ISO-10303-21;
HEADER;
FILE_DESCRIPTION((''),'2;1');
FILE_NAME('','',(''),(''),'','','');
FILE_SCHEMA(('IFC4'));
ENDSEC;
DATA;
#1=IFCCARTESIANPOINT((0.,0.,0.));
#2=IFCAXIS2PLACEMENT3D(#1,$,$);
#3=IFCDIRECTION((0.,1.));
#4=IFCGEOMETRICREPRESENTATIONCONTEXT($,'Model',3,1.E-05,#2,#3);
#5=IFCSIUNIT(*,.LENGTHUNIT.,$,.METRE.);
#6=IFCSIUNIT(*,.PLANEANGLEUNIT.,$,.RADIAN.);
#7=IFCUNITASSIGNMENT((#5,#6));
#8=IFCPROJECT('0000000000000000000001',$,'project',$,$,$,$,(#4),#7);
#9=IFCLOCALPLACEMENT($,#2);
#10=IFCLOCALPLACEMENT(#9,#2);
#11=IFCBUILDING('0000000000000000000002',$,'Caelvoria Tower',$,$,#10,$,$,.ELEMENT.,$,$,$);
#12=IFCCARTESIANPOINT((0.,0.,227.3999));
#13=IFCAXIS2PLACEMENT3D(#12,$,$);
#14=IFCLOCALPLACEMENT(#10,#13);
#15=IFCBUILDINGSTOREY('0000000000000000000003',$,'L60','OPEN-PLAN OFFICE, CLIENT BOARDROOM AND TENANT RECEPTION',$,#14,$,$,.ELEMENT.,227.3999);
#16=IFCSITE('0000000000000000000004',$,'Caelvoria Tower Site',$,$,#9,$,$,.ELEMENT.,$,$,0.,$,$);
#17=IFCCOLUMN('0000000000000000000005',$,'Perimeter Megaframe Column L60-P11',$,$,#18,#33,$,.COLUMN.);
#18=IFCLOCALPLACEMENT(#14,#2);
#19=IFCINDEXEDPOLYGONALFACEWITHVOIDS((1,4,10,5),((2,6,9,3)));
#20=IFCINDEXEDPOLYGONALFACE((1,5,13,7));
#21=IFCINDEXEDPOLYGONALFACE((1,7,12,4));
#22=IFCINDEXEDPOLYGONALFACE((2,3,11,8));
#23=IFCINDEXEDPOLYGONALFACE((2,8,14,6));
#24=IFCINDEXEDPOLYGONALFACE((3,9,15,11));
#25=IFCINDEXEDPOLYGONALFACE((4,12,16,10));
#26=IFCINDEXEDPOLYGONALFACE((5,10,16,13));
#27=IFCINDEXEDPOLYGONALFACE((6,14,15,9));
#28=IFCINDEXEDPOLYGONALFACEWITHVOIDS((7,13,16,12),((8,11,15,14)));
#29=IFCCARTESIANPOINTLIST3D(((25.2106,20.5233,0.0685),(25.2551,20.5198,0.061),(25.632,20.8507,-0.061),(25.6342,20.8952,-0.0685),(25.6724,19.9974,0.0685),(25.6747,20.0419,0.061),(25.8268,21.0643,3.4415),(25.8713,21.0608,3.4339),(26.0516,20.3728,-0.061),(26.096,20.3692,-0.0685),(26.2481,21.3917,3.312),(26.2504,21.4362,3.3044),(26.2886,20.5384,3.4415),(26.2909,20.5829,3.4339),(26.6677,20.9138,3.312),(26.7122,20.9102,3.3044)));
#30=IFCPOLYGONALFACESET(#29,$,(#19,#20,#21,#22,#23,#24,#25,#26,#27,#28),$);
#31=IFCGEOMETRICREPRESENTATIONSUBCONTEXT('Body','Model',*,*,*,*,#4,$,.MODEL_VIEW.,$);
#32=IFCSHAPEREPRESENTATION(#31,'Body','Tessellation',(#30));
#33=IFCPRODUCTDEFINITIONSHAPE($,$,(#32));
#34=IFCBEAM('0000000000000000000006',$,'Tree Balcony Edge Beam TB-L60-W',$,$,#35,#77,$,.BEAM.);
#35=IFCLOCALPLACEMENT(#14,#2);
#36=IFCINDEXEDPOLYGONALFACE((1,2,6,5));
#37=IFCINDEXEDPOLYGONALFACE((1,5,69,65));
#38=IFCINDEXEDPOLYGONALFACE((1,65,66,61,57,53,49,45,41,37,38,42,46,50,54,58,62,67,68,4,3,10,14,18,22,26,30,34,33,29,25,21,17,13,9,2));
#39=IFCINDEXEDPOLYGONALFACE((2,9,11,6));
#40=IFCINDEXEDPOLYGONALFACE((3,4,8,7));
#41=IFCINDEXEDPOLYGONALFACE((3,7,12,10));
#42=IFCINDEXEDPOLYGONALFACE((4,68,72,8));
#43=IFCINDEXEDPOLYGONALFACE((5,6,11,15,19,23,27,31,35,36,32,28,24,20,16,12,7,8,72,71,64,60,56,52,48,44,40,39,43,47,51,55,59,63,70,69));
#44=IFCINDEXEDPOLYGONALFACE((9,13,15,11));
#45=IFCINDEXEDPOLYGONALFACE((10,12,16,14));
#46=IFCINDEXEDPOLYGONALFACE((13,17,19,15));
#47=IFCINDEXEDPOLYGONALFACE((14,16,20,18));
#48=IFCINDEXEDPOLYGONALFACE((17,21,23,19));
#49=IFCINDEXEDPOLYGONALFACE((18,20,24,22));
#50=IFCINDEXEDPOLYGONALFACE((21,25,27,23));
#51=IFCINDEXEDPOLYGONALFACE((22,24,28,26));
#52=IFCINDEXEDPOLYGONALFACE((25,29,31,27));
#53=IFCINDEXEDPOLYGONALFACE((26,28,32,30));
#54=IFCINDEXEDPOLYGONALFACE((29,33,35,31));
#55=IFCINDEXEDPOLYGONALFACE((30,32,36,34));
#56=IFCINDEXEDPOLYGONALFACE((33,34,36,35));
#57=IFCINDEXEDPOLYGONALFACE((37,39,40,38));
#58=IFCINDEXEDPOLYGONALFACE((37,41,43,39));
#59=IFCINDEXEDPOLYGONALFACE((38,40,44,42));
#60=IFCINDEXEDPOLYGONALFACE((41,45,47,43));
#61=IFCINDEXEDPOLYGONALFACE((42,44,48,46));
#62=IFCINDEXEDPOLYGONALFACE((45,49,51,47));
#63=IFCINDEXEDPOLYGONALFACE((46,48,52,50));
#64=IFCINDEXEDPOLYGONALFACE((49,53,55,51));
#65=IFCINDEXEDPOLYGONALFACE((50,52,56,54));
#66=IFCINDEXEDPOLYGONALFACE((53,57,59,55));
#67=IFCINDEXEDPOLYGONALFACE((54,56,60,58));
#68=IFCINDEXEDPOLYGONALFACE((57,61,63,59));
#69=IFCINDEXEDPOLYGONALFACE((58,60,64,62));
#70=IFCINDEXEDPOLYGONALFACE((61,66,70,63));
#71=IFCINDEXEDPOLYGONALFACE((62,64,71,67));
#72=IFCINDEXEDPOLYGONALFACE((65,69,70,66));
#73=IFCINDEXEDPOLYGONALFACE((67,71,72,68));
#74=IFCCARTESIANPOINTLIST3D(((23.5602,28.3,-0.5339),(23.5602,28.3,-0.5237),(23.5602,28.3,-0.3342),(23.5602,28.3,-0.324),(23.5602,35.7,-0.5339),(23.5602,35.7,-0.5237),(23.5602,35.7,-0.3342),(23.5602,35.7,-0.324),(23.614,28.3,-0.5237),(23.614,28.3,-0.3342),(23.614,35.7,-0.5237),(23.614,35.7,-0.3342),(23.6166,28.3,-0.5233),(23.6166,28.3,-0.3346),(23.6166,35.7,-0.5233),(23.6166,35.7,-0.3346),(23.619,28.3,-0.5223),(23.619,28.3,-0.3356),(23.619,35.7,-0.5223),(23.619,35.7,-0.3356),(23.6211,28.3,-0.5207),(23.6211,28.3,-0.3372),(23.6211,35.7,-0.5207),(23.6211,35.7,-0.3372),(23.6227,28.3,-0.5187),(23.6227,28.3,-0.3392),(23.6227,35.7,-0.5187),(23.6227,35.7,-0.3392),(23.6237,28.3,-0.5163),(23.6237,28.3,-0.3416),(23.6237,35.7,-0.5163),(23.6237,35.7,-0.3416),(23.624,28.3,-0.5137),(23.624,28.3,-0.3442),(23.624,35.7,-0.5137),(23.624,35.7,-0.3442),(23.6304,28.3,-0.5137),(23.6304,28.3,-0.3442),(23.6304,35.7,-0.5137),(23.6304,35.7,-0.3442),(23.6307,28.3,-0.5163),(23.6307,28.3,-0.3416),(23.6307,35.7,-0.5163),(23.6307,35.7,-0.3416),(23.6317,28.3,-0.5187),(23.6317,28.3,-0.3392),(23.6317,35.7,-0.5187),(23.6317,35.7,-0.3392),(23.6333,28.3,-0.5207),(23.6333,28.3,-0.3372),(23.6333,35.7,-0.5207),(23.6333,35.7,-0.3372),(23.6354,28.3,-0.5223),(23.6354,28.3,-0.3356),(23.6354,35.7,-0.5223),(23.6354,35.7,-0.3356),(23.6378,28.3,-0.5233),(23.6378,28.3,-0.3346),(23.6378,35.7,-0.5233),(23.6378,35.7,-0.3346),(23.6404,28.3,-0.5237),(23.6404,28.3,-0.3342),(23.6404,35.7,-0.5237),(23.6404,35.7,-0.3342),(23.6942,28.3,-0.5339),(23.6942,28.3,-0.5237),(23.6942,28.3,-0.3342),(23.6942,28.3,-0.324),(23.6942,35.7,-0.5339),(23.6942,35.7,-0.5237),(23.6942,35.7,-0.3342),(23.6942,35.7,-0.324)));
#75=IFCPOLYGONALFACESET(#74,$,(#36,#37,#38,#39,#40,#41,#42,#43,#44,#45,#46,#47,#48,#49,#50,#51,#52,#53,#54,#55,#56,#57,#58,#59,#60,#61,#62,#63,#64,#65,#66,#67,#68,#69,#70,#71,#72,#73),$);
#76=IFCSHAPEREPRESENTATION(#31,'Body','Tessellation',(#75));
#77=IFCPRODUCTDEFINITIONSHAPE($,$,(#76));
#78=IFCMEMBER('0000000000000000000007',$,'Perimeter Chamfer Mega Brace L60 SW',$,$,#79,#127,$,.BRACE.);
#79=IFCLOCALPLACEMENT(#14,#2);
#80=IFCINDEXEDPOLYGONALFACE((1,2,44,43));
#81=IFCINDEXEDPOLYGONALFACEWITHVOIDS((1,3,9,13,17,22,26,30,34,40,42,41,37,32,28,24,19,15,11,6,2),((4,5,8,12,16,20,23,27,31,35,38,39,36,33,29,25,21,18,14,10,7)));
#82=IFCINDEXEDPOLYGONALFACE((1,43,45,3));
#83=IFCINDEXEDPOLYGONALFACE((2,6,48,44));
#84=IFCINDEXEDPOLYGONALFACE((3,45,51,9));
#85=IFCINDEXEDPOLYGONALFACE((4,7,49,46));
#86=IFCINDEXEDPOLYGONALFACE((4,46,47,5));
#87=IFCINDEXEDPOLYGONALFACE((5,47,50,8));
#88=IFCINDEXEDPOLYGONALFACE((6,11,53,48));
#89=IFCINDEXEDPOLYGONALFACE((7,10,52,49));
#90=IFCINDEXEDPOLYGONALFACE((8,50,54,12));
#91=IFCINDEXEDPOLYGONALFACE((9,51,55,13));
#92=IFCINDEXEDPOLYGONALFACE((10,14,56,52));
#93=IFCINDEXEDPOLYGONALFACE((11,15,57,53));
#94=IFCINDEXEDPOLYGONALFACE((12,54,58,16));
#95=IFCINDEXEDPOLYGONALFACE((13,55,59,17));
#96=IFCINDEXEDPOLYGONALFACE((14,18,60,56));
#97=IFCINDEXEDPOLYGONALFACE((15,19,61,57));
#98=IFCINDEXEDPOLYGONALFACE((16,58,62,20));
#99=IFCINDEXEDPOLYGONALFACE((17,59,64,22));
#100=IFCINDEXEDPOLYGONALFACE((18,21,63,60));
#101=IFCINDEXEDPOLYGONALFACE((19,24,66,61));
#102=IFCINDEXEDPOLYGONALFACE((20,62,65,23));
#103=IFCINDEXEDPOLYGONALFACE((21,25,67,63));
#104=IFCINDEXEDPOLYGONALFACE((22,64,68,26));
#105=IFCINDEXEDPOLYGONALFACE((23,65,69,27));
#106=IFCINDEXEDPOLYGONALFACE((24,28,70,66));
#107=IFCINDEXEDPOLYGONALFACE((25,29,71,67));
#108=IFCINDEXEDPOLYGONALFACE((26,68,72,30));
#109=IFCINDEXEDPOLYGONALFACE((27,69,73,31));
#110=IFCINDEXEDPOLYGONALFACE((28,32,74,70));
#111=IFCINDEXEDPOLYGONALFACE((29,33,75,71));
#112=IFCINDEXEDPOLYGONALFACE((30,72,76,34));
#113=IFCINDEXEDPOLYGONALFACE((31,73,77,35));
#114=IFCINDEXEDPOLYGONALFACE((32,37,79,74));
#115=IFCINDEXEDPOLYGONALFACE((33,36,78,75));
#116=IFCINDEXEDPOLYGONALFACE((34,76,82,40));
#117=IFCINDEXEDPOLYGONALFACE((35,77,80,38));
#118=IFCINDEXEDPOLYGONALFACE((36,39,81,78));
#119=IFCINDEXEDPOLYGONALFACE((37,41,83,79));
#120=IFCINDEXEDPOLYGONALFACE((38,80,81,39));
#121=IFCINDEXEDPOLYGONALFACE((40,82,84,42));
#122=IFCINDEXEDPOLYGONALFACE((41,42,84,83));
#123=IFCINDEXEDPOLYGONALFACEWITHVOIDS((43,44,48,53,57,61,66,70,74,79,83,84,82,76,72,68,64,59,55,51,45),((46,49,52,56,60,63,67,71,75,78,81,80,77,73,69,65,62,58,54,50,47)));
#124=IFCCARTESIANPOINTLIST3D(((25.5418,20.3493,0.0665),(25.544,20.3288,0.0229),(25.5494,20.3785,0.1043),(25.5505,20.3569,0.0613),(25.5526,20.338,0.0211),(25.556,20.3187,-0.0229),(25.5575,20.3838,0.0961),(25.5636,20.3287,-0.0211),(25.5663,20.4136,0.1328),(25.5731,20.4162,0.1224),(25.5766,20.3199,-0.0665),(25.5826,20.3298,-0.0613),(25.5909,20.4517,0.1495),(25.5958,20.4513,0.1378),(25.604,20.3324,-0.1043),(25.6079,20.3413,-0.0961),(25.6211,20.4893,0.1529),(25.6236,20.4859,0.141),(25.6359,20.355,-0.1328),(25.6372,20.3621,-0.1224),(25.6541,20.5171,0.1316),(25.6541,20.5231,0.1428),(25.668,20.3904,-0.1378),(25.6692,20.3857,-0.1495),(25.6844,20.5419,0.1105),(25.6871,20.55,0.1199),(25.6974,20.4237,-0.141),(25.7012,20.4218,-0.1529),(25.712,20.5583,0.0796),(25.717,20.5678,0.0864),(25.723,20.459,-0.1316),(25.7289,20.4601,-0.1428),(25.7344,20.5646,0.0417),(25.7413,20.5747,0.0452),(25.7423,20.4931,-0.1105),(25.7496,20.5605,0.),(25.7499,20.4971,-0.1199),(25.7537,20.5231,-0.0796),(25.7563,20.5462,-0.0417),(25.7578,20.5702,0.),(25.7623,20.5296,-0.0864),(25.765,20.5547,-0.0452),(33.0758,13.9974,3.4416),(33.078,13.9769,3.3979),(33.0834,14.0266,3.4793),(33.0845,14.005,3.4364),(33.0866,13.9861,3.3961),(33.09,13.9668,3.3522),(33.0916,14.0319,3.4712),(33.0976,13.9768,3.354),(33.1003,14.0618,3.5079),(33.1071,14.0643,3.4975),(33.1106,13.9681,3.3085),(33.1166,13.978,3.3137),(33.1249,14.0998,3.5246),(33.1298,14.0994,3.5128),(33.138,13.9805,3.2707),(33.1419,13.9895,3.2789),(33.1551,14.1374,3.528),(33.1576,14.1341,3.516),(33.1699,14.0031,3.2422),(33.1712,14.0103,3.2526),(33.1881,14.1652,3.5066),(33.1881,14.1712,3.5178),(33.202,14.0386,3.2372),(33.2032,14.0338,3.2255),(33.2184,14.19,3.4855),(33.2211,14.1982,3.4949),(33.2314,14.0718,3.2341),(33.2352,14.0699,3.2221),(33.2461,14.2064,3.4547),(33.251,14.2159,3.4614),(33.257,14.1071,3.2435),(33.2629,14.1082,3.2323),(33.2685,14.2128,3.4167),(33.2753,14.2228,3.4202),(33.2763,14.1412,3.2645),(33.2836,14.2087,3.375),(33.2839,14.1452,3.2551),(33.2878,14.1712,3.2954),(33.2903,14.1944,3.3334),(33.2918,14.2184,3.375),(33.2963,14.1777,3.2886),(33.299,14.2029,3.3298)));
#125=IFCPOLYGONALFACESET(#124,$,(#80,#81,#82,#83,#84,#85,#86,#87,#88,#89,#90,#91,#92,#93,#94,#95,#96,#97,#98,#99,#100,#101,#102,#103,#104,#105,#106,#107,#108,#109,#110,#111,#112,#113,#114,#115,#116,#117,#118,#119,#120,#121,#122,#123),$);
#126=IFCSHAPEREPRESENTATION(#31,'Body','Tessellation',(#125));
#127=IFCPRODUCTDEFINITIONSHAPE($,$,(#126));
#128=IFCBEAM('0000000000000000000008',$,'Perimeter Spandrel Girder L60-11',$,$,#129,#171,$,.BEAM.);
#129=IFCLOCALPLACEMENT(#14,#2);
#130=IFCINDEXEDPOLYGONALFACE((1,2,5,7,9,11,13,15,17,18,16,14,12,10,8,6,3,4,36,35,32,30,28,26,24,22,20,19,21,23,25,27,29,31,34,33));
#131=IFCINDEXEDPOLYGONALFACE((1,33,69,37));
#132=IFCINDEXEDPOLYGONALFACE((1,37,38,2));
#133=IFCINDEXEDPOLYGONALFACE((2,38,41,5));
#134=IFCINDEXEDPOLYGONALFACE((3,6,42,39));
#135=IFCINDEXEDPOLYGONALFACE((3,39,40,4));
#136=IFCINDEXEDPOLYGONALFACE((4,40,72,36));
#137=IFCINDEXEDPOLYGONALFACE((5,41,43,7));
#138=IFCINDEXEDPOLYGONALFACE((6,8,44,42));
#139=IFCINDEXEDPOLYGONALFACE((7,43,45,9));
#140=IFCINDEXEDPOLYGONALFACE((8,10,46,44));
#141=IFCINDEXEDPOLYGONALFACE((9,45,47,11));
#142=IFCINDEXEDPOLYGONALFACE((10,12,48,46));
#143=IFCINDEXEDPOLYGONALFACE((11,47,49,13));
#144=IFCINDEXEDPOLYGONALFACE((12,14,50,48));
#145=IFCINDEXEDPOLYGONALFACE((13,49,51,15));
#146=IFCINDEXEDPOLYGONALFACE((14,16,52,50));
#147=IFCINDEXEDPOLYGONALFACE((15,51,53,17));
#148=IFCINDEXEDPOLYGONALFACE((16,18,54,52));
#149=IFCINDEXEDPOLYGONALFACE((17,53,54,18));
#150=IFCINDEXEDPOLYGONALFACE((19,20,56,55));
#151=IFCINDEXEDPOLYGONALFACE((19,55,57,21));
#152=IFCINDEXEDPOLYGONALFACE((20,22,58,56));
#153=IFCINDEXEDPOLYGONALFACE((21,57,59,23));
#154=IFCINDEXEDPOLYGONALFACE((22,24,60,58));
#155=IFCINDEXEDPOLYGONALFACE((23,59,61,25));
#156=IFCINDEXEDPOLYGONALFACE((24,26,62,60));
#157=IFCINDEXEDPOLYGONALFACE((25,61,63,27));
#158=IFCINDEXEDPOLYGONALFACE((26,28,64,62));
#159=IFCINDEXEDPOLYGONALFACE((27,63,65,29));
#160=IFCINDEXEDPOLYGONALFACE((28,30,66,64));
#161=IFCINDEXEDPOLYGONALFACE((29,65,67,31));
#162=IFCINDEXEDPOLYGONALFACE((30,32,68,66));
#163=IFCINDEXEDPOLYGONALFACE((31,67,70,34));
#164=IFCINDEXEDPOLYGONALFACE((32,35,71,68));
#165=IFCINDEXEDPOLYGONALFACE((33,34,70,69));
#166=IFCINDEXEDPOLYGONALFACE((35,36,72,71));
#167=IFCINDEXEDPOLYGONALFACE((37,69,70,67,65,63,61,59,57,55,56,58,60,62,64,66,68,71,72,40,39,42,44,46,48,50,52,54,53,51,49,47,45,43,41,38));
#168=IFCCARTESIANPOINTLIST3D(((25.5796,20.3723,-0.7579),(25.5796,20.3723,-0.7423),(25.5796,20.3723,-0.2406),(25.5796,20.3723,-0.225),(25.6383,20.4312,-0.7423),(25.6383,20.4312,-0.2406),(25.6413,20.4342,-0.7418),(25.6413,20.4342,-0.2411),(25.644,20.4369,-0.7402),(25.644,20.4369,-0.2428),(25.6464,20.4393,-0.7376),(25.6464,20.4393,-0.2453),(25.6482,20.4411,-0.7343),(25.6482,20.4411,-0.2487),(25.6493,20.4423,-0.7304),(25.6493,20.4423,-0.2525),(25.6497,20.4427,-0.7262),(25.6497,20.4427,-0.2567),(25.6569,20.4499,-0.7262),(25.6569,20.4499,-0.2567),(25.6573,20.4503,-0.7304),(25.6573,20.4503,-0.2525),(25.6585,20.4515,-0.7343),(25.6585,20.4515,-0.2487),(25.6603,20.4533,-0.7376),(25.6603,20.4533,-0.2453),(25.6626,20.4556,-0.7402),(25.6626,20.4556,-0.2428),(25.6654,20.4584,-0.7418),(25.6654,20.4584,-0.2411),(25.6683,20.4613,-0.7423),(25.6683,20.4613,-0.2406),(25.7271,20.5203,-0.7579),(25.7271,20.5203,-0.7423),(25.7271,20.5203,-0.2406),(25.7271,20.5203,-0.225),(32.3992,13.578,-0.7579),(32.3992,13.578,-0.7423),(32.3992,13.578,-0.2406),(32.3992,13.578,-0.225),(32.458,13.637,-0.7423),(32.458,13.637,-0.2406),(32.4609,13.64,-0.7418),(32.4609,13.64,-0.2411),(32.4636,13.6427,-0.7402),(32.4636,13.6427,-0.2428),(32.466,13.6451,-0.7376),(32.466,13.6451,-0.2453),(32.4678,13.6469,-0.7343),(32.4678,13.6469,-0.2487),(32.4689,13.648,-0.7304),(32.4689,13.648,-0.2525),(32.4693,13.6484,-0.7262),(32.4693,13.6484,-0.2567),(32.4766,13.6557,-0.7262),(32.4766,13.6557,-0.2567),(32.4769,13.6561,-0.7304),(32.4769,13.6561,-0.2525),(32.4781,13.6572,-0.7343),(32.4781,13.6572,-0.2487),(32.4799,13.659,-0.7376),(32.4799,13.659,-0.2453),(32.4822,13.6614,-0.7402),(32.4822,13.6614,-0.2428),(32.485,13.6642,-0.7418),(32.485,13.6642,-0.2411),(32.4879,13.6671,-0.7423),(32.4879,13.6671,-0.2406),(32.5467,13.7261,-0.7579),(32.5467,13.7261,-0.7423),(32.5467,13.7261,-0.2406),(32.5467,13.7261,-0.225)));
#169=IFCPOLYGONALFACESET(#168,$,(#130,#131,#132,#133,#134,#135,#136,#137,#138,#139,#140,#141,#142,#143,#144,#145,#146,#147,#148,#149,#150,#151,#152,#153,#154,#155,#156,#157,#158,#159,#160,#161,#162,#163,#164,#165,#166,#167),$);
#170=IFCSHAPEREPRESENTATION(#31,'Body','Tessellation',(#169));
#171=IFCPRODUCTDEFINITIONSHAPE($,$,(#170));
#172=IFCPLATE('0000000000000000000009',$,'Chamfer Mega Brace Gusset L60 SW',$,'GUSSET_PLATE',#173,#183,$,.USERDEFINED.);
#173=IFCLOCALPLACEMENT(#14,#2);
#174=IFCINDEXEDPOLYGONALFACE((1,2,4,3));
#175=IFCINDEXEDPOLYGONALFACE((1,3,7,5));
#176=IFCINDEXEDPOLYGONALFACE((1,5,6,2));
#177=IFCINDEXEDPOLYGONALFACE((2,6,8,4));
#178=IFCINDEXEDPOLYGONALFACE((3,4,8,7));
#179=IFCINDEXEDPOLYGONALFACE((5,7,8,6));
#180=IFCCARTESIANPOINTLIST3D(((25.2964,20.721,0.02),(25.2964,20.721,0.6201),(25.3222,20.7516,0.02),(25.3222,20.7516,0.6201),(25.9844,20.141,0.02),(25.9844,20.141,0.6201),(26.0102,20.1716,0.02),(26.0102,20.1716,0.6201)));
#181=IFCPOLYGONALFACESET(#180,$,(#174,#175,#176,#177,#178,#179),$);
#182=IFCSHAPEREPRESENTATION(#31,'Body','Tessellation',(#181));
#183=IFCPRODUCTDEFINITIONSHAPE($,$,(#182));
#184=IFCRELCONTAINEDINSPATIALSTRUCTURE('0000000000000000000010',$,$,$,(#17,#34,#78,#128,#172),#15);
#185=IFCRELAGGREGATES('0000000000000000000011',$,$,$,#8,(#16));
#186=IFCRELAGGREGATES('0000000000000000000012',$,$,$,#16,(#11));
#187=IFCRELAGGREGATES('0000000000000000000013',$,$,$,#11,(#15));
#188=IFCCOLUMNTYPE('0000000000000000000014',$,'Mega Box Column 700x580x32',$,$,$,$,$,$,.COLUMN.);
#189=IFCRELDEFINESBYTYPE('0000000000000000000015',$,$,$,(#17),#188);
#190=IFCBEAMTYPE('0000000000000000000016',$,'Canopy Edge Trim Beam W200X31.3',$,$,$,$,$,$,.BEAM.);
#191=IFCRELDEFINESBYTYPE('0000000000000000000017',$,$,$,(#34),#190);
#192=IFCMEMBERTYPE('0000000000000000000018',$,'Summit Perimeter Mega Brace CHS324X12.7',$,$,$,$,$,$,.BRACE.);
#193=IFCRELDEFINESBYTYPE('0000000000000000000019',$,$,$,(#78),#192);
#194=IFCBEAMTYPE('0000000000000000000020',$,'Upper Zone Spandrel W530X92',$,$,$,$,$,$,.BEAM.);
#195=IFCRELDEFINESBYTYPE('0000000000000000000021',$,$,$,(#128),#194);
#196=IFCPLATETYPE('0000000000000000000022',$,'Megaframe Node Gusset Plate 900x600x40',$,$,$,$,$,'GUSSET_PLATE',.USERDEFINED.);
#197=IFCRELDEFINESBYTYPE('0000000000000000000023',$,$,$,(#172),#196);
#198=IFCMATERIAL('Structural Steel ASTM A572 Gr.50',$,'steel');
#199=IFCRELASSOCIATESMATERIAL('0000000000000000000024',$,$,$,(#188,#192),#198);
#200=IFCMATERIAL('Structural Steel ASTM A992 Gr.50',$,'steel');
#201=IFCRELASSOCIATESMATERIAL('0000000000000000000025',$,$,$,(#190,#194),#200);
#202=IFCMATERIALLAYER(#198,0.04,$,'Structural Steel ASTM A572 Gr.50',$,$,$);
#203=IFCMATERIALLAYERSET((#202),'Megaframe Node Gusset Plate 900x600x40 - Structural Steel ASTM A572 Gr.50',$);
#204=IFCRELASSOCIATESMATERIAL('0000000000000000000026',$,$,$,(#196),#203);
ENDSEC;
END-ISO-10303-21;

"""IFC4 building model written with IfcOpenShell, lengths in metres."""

from ifc_helpers import new_model, si_unit, direction, frame, origin, origin_2d, place, context, subcontext, project, spatial, rectangle, hollow_rectangle, hollow_circle, i_section, extrude, material, layer, layer_set, material_profile, profile_set, type_object, element, save


model = new_model("IFC4")

# Units and contexts
model_context = context("Model", 3, precision=1e-05, world=origin(), true_north=direction((0.0, 1.0)))
body_context = subcontext(model_context, "Body", "Model", "MODEL_VIEW")
ifc_project = project(units=[si_unit("LENGTHUNIT", "METRE"), si_unit("PLANEANGLEUNIT", "RADIAN")], contexts=[model_context])

# Site, building, storey
site_placement = place(None, origin())
site = spatial("IfcSite", under=ifc_project, at=site_placement, Name="Caelvoria Tower Site", CompositionType="ELEMENT", RefElevation=0.0)
building_placement = place(site_placement, origin())
building = spatial("IfcBuilding", under=site, at=building_placement, Name="Caelvoria Tower", CompositionType="ELEMENT")
storey_placement = place(building_placement, frame((0.0, 0.0, 227.3999)))
storey = spatial("IfcBuildingStorey", under=building, at=storey_placement, Name="L60", Description="OPEN-PLAN OFFICE, CLIENT BOARDROOM AND TENANT RECEPTION", CompositionType="ELEMENT", Elevation=227.3999)

# Column
ifc_material_1 = material(Name="Structural Steel ASTM A572 Gr.50", Category="steel")
ifc_material_profile_1 = material_profile(ifc_material_1, hollow_rectangle(XDim=0.5801, YDim=0.7, WallThickness=0.032, at=origin_2d()), Name="Structural Steel ASTM A572 Gr.50")
ifc_profile_set_1 = profile_set([ifc_material_profile_1], Name="BOX700X580X32 - Structural Steel ASTM A572 Gr.50")
column_type = type_object("IfcColumnType", Name="Mega Box Column 700x580x32", PredefinedType="COLUMN", material=ifc_profile_set_1)
column_placement = place(storey_placement, frame((25.6533, 20.4463, 0.0), z_axis=(0.177516, 0.155854, 0.971698), x_axis=(-0.730201, -0.641096, 0.236226)))
element("IfcColumn", 1, at=column_placement, inside=storey, type_object=column_type, Name="Perimeter Megaframe Column L60-P11", PredefinedType="COLUMN", context=body_context, shape_type="SweptSolid", body=[
    extrude(hollow_rectangle(XDim=0.5801, YDim=0.7, WallThickness=0.032, at=origin_2d()), origin(), (0.0, 0.0, 1.0), 3.4712),
])

# Beam
ifc_material_2 = material(Name="Structural Steel ASTM A992 Gr.50", Category="steel")
ifc_material_profile_2 = material_profile(ifc_material_2, i_section(OverallWidth=0.134, OverallDepth=0.21, WebThickness=0.0063, FlangeThickness=0.0103, FilletRadius=0.01, at=origin_2d()), Name="Structural Steel ASTM A992 Gr.50")
ifc_profile_set_2 = profile_set([ifc_material_profile_2], Name="W200X31.3 - Structural Steel ASTM A992 Gr.50")
beam_type_1 = type_object("IfcBeamType", Name="Canopy Edge Trim Beam W200X31.3", PredefinedType="BEAM", material=ifc_profile_set_2)
beam_1_placement = place(storey_placement, frame((23.6272, 28.3, -0.429), z_axis=(0.0, 1.0, 0.0), x_axis=(-1.0, 0.0, 0.0)))
element("IfcBeam", 2, at=beam_1_placement, inside=storey, type_object=beam_type_1, Name="Tree Balcony Edge Beam TB-L60-W", PredefinedType="BEAM", context=body_context, shape_type="SweptSolid", body=[
    extrude(i_section(OverallWidth=0.134, OverallDepth=0.21, WebThickness=0.0063, FlangeThickness=0.0103, FilletRadius=0.01, at=origin_2d()), origin(), (0.0, 0.0, 1.0), 7.3999),
])

# Member
ifc_material_profile_3 = material_profile(ifc_material_1, hollow_circle(Radius=0.1621, WallThickness=0.0127, at=origin_2d()), Name="Structural Steel ASTM A572 Gr.50")
ifc_profile_set_3 = profile_set([ifc_material_profile_3], Name="CHS324X12.7 - Structural Steel ASTM A572 Gr.50")
member_type = type_object("IfcMemberType", Name="Summit Perimeter Mega Brace CHS324X12.7", PredefinedType="BRACE", material=ifc_profile_set_3)
member_placement = place(storey_placement, frame((25.6533, 20.4463, 0.0), z_axis=(0.723293, -0.609803, 0.324016), x_axis=(0.644577, 0.764539, 0.0)))
element("IfcMember", 3, at=member_placement, inside=storey, type_object=member_type, Name="Perimeter Chamfer Mega Brace L60 SW", PredefinedType="BRACE", context=body_context, shape_type="SweptSolid", body=[
    extrude(hollow_circle(Radius=0.1621, WallThickness=0.0127, at=origin_2d()), origin(), (0.0, 0.0, 1.0), 10.4163),
])

# Beam
ifc_material_profile_4 = material_profile(ifc_material_2, i_section(OverallWidth=0.209, OverallDepth=0.533, WebThickness=0.0103, FlangeThickness=0.0156, FilletRadius=0.0161, at=origin_2d()), Name="Structural Steel ASTM A992 Gr.50")
ifc_profile_set_4 = profile_set([ifc_material_profile_4], Name="W530X92 - Structural Steel ASTM A992 Gr.50")
beam_type_2 = type_object("IfcBeamType", Name="Upper Zone Spandrel W530X92", PredefinedType="BEAM", material=ifc_profile_set_4)
beam_2_placement = place(storey_placement, frame((25.6533, 20.4463, -0.4915), z_axis=(0.708424, -0.705787, 0.0), x_axis=(0.705787, 0.708424, 0.0)))
element("IfcBeam", 4, at=beam_2_placement, inside=storey, type_object=beam_type_2, Name="Perimeter Spandrel Girder L60-11", PredefinedType="BEAM", context=body_context, shape_type="SweptSolid", body=[
    extrude(i_section(OverallWidth=0.209, OverallDepth=0.533, WebThickness=0.0103, FlangeThickness=0.0156, FilletRadius=0.0161, at=origin_2d()), origin(), (0.0, 0.0, 1.0), 9.6265),
])

# Plate
ifc_layer_1 = layer(ifc_material_1, 0.04, Name="Structural Steel ASTM A572 Gr.50")
ifc_layer_set_1 = layer_set([ifc_layer_1], Name="Megaframe Node Gusset Plate 900x600x40 - Structural Steel ASTM A572 Gr.50")
plate_type = type_object("IfcPlateType", Name="Megaframe Node Gusset Plate 900x600x40", ElementType="GUSSET_PLATE", PredefinedType="USERDEFINED", material=ifc_layer_set_1)
plate_placement = place(storey_placement, frame((25.6533, 20.4463, 0.02), z_axis=(0.0, 0.0, 1.0), x_axis=(0.764533, -0.644584, 0.0)))
element("IfcPlate", 5, at=plate_placement, inside=storey, type_object=plate_type, Name="Chamfer Mega Brace Gusset L60 SW", ObjectType="GUSSET_PLATE", PredefinedType="USERDEFINED", context=body_context, shape_type="SweptSolid", body=[
    extrude(rectangle(XDim=0.8999, YDim=0.04, at=origin_2d()), origin(), (0.0, 0.0, 1.0), 0.6001),
])

save(model, "model.ifc")
